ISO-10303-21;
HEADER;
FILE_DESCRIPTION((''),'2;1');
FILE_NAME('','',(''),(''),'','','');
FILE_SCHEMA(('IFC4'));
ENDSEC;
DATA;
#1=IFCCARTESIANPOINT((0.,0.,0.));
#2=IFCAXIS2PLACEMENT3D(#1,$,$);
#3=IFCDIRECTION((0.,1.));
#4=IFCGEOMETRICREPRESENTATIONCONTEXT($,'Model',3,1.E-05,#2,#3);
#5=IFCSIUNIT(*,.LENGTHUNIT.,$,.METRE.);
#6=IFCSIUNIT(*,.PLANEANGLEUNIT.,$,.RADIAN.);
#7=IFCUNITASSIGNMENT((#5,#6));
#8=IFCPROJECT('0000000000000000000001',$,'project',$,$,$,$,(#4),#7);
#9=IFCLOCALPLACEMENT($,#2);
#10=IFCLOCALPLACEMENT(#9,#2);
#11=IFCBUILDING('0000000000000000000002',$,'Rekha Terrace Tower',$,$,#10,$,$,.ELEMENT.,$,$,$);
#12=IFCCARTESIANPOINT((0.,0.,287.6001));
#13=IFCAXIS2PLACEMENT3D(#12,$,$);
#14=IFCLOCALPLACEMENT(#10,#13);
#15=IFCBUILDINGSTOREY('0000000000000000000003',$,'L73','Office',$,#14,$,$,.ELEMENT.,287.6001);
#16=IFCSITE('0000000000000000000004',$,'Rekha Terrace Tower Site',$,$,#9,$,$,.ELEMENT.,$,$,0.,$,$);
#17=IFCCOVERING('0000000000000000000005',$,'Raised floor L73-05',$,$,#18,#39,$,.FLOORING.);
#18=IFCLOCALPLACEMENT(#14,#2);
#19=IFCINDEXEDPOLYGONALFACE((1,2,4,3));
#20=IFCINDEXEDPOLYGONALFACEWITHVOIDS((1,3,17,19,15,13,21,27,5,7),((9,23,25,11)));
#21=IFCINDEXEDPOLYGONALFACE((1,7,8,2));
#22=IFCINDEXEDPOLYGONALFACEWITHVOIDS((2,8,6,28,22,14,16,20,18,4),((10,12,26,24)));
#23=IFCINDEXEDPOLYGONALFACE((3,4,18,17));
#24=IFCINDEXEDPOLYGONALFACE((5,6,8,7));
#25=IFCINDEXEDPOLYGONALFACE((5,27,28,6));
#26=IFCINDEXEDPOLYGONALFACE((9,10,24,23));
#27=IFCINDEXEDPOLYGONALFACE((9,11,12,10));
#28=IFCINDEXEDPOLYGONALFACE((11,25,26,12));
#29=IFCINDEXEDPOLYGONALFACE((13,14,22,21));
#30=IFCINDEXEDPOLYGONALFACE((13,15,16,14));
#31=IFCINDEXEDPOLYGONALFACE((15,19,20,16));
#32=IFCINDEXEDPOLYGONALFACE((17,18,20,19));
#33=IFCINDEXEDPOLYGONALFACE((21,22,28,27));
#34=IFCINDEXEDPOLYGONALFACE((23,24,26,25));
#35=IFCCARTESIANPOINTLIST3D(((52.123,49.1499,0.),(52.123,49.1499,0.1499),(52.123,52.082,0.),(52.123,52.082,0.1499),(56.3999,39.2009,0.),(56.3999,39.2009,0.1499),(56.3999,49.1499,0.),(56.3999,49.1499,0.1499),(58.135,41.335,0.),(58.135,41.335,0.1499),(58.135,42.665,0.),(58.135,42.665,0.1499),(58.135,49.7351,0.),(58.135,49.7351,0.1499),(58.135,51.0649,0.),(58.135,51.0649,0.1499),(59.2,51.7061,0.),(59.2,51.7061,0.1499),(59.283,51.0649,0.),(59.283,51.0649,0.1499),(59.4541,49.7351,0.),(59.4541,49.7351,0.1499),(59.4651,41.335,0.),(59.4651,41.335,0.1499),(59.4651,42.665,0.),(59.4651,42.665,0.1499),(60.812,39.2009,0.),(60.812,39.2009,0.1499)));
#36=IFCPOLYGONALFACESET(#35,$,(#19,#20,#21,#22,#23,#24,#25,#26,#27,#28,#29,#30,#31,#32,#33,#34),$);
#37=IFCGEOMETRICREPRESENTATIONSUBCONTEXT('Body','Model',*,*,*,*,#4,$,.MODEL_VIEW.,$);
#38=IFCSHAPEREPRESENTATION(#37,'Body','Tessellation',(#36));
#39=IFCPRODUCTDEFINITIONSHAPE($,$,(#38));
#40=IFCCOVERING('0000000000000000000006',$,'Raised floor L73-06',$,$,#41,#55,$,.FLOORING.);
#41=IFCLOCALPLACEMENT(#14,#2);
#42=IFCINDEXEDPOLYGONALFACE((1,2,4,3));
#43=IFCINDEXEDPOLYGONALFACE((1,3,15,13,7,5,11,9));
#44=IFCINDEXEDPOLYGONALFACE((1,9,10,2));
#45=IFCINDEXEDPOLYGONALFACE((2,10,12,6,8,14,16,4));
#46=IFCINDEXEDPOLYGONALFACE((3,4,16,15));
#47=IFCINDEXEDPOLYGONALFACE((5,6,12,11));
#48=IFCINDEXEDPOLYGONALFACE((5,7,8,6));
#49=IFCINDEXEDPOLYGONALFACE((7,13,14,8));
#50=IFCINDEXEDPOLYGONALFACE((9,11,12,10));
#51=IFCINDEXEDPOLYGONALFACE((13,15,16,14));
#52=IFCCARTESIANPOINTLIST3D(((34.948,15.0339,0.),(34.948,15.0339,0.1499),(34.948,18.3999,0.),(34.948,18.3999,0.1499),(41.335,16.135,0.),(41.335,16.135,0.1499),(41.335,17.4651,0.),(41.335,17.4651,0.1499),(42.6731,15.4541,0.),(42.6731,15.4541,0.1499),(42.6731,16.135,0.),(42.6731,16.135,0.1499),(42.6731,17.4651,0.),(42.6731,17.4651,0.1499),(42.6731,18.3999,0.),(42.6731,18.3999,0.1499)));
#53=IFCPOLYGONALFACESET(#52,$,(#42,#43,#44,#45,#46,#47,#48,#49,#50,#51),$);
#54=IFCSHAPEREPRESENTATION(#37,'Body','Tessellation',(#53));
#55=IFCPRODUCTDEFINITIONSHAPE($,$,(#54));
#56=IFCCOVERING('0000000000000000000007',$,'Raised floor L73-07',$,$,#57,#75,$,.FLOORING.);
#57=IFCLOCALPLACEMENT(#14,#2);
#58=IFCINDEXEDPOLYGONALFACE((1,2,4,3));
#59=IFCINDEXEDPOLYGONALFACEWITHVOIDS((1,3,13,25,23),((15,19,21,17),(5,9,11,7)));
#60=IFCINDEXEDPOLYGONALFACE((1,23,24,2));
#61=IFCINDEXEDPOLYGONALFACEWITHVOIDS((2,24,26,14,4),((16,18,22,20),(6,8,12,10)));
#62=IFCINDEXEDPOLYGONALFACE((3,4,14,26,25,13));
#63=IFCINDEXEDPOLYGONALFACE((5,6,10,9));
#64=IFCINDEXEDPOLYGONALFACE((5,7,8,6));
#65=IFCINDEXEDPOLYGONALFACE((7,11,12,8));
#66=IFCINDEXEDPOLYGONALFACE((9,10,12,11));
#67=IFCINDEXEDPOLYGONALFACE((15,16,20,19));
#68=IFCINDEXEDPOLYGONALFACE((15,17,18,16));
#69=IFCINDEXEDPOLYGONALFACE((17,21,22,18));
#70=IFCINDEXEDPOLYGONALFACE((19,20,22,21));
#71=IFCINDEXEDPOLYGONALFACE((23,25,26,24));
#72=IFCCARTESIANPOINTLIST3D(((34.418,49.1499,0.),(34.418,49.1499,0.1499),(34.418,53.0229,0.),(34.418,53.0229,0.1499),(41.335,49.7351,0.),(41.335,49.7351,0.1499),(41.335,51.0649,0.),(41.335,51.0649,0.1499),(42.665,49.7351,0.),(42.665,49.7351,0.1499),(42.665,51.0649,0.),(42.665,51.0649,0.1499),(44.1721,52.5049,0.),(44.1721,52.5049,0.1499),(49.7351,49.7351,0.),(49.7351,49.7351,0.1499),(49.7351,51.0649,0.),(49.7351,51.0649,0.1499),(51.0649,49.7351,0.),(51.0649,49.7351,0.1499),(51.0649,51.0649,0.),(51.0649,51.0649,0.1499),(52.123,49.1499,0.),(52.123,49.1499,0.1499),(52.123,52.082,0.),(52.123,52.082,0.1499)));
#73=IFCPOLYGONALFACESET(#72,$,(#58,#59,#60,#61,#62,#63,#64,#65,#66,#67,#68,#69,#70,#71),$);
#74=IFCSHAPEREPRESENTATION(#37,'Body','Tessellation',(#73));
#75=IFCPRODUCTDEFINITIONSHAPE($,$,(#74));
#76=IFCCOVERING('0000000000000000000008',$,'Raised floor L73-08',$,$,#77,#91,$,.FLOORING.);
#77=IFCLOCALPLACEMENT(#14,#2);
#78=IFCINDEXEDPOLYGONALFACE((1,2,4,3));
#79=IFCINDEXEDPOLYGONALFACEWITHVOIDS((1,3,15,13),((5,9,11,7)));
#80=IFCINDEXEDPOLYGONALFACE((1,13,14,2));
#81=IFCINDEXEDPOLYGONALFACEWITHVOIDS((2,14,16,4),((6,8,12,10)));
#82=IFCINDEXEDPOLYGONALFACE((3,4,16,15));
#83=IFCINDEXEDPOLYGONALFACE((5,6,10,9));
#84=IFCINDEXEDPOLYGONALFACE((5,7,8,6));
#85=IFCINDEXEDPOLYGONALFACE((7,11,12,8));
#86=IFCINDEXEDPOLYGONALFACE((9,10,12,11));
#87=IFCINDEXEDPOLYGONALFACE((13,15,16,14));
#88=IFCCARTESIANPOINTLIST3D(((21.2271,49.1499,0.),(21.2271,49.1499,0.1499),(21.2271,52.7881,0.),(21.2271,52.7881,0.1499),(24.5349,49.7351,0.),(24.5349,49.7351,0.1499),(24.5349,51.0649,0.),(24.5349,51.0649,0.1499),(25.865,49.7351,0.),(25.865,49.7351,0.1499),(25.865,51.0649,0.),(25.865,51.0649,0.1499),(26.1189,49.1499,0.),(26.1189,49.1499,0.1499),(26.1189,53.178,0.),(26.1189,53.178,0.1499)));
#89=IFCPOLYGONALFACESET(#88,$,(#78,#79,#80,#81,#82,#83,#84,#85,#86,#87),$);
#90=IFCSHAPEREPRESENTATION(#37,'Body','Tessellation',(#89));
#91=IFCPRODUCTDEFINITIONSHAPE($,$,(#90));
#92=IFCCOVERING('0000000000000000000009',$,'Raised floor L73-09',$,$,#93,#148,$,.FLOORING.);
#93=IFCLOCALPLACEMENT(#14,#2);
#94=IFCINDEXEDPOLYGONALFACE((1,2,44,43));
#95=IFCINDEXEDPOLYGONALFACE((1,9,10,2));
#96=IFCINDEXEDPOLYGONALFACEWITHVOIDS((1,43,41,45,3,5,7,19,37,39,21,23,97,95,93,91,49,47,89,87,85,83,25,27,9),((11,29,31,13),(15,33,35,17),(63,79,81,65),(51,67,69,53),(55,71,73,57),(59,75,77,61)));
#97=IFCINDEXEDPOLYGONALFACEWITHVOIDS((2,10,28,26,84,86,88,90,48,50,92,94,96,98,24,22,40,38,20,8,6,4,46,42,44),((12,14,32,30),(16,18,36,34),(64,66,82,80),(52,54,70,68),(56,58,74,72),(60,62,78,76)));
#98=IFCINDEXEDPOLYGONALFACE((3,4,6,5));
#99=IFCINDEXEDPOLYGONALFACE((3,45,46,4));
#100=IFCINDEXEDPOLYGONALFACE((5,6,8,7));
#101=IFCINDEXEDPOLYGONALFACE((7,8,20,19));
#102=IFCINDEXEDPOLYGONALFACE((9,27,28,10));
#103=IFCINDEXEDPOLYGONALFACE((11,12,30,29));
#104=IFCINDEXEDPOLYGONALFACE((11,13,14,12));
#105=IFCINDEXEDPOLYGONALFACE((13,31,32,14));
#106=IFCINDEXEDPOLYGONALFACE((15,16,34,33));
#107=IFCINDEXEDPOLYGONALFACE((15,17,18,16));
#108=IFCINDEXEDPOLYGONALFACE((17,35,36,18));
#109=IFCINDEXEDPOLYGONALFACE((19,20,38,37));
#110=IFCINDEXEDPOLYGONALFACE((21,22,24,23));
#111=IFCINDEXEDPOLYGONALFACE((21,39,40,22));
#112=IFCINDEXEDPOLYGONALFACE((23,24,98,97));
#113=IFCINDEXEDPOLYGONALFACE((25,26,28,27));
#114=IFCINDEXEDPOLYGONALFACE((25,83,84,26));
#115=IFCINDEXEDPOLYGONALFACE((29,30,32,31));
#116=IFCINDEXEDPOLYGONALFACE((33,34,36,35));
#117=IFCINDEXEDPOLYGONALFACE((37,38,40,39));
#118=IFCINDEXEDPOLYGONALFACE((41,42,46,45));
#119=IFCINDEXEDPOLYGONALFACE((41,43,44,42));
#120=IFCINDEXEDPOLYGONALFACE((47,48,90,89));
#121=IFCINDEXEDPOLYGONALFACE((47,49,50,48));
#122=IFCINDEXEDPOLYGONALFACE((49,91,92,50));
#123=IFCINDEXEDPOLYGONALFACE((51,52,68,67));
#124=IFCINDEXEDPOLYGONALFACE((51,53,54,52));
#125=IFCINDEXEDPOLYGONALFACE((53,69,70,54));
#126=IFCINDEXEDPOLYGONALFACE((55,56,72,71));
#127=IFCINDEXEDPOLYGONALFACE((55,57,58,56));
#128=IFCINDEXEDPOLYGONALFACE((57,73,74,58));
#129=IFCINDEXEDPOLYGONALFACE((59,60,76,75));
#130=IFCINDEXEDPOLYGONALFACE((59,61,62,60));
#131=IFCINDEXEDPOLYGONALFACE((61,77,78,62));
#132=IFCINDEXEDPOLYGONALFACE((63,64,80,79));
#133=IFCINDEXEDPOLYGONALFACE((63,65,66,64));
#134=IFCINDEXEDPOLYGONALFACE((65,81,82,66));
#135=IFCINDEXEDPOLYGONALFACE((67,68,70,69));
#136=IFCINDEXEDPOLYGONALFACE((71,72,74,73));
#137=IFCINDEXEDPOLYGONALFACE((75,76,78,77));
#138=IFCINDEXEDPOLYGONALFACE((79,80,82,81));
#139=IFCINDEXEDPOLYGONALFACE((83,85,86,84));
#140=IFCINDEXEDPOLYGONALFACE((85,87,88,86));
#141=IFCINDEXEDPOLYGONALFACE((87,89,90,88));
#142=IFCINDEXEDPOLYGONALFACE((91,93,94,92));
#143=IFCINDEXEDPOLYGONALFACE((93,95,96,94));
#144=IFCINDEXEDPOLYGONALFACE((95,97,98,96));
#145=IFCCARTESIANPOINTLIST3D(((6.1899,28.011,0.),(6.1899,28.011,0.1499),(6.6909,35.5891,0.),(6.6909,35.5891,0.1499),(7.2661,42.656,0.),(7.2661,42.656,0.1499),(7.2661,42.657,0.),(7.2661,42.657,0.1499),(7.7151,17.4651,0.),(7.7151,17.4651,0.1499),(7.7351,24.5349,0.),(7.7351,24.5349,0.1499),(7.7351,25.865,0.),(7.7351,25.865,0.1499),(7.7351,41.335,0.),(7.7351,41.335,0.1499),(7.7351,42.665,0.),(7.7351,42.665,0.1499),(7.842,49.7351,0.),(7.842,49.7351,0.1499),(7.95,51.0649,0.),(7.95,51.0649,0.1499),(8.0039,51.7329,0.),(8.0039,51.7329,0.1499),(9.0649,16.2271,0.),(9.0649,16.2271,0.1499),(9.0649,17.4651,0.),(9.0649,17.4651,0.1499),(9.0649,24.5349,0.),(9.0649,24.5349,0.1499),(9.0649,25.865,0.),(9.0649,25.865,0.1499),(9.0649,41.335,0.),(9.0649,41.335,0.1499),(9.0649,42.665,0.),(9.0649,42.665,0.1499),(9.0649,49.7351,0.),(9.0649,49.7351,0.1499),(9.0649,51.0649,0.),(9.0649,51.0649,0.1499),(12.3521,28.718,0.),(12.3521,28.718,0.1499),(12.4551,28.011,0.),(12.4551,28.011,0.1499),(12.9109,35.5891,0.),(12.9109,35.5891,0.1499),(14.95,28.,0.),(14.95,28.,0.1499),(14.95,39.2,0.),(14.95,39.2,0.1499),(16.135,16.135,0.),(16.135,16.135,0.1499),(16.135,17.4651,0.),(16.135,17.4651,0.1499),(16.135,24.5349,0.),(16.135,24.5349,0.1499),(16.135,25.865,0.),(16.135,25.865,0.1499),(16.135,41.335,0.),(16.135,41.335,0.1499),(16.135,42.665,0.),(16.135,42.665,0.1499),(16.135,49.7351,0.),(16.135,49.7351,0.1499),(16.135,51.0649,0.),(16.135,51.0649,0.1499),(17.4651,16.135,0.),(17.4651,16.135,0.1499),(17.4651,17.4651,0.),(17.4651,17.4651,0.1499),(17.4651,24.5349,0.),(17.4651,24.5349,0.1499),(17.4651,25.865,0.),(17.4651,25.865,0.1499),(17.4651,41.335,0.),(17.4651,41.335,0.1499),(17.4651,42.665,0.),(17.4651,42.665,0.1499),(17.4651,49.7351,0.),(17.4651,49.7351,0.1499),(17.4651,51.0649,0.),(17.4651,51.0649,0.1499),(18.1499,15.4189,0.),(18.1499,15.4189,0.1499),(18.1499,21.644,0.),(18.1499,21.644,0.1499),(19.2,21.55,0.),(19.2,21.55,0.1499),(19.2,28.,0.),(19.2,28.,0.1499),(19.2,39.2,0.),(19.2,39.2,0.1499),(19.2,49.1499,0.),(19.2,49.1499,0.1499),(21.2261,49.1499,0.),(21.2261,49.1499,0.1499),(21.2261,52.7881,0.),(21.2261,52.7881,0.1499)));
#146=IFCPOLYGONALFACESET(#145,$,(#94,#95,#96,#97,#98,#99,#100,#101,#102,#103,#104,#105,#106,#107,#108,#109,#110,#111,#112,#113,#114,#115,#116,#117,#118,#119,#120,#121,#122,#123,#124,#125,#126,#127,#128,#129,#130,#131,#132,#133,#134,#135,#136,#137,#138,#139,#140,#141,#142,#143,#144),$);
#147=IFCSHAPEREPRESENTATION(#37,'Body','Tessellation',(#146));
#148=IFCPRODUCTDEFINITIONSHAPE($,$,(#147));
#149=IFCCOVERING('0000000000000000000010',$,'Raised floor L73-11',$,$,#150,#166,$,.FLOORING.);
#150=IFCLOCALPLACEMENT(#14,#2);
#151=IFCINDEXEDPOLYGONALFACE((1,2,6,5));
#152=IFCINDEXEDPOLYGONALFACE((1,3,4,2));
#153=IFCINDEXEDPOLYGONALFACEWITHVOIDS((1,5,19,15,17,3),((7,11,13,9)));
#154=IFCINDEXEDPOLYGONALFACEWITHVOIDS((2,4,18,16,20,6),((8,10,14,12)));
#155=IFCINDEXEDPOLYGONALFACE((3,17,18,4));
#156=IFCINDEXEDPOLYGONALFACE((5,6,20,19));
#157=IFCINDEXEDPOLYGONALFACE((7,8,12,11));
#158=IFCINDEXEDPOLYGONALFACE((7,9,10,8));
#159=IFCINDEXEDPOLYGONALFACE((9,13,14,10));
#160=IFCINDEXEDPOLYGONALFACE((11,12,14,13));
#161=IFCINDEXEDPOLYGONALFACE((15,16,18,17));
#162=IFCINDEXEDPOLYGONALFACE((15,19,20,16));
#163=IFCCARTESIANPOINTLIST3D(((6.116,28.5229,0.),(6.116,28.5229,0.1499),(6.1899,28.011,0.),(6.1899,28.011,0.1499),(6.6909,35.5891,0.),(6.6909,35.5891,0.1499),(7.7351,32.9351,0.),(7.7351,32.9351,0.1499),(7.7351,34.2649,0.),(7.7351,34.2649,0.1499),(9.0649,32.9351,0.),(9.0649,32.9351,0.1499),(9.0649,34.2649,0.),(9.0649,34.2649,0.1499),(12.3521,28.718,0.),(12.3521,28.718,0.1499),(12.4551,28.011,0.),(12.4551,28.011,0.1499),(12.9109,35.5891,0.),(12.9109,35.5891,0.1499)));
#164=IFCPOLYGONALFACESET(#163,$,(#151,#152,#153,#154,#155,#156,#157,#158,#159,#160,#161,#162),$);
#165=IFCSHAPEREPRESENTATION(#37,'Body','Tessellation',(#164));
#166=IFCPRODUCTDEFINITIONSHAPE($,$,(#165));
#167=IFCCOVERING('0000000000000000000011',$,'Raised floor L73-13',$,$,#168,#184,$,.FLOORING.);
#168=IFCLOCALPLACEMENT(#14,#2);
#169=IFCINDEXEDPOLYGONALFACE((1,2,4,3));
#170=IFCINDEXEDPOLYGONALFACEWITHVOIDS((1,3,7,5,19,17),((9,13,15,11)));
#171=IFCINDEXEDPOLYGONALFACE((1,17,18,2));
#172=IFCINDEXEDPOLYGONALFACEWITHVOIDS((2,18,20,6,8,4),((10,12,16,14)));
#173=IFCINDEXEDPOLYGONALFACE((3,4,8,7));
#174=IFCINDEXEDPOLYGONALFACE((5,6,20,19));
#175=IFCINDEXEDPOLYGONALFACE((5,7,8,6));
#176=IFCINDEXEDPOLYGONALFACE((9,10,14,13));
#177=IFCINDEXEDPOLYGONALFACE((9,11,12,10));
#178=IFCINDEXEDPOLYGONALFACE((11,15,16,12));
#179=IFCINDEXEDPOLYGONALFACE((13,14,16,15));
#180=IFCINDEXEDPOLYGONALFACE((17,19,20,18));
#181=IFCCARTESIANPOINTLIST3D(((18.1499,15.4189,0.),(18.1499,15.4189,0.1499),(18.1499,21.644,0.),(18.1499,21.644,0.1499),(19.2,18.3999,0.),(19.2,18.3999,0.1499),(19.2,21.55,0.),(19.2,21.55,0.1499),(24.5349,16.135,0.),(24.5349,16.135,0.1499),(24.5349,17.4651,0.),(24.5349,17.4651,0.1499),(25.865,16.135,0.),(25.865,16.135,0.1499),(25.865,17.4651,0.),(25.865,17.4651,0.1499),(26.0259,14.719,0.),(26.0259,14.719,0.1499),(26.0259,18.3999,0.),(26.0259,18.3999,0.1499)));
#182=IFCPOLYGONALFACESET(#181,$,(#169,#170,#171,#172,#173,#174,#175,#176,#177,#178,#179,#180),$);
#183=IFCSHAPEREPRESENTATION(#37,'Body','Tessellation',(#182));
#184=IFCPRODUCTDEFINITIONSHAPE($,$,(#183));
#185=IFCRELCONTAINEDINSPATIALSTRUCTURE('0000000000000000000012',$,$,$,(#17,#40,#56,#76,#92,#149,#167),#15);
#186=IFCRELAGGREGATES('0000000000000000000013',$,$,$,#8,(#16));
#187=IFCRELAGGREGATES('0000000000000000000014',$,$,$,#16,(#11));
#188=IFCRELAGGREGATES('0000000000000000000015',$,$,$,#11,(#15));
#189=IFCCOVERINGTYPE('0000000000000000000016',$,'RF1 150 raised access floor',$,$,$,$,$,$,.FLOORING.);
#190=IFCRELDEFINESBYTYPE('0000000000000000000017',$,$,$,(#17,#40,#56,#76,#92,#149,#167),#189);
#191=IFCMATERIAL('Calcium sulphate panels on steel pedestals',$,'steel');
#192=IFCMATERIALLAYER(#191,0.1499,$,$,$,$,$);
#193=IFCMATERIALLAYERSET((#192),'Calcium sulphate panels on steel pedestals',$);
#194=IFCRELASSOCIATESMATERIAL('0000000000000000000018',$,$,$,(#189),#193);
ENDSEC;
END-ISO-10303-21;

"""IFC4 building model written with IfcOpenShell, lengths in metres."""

from ifc_helpers import new_model, si_unit, direction, frame, origin, place, context, subcontext, project, spatial, polyline, outline, extrude, material, layer, layer_set, type_object, element, save


model = new_model("IFC4")

# Units and contexts
model_context = context("Model", 3, precision=1e-05, world=origin(), true_north=direction((0.0, 1.0)))
body_context = subcontext(model_context, "Body", "Model", "MODEL_VIEW")
ifc_project = project(units=[si_unit("LENGTHUNIT", "METRE"), si_unit("PLANEANGLEUNIT", "RADIAN")], contexts=[model_context])

# Site, building, storey
site_placement = place(None, origin())
site = spatial("IfcSite", under=ifc_project, at=site_placement, Name="Rekha Terrace Tower Site", CompositionType="ELEMENT", RefElevation=0.0)
building_placement = place(site_placement, origin())
building = spatial("IfcBuilding", under=site, at=building_placement, Name="Rekha Terrace Tower", CompositionType="ELEMENT")
storey_placement = place(building_placement, frame((0.0, 0.0, 287.6001)))
storey = spatial("IfcBuildingStorey", under=building, at=storey_placement, Name="L73", Description="Office", CompositionType="ELEMENT", Elevation=287.6001)

# Coverings
ifc_material_1 = material(Name="Calcium sulphate panels on steel pedestals", Category="steel")
ifc_layer_1 = layer(ifc_material_1, 0.1499)
ifc_layer_set_1 = layer_set([ifc_layer_1], Name="Calcium sulphate panels on steel pedestals")
covering_type_1 = type_object("IfcCoveringType", Name="RF1 150 raised access floor", PredefinedType="FLOORING", material=ifc_layer_set_1)
covering_1_placement = place(storey_placement, origin())
element("IfcCovering", 1, at=covering_1_placement, inside=storey, type_object=covering_type_1, Name="Raised floor L73-05", PredefinedType="FLOORING", context=body_context, shape_type="SweptSolid", body=[
    extrude(outline(polyline([(52.123, 49.1499), (56.3999, 49.1499), (56.3999, 39.2009), (60.812, 39.2009), (59.4541, 49.7351), (58.135, 49.7351), (58.135, 51.0649), (59.283, 51.0649), (59.2, 51.7061), (52.123, 52.082), (52.123, 49.1499)]), holes=[polyline([(59.4651, 41.335), (58.135, 41.335), (58.135, 42.665), (59.4651, 42.665), (59.4651, 41.335)])]), origin(), (0.0, 0.0, 1.0), 0.1499),
])
covering_2_placement = place(storey_placement, origin())
element("IfcCovering", 2, at=covering_2_placement, inside=storey, type_object=covering_type_1, Name="Raised floor L73-06", PredefinedType="FLOORING", context=body_context, shape_type="SweptSolid", body=[
    extrude(outline(polyline([(34.948, 18.3999), (34.948, 15.0339), (42.6731, 15.4541), (42.6731, 16.135), (41.335, 16.135), (41.335, 17.4651), (42.6731, 17.4651), (42.6731, 18.3999), (34.948, 18.3999)])), origin(), (0.0, 0.0, 1.0), 0.1499),
])
covering_3_placement = place(storey_placement, origin())
element("IfcCovering", 3, at=covering_3_placement, inside=storey, type_object=covering_type_1, Name="Raised floor L73-07", PredefinedType="FLOORING", context=body_context, shape_type="SweptSolid", body=[
    extrude(outline(polyline([(52.123, 49.1499), (52.123, 52.082), (44.1721, 52.5049), (34.418, 53.0229), (34.418, 49.1499), (52.123, 49.1499)]), holes=[polyline([(51.0649, 51.0649), (51.0649, 49.7351), (49.7351, 49.7351), (49.7351, 51.0649), (51.0649, 51.0649)]), polyline([(42.665, 49.7351), (41.335, 49.7351), (41.335, 51.0649), (42.665, 51.0649), (42.665, 49.7351)])]), origin(), (0.0, 0.0, 1.0), 0.1499),
])
covering_4_placement = place(storey_placement, origin())
element("IfcCovering", 4, at=covering_4_placement, inside=storey, type_object=covering_type_1, Name="Raised floor L73-08", PredefinedType="FLOORING", context=body_context, shape_type="SweptSolid", body=[
    extrude(outline(polyline([(26.1189, 49.1499), (26.1189, 53.178), (21.2271, 52.7881), (21.2271, 49.1499), (26.1189, 49.1499)]), holes=[polyline([(25.865, 51.0649), (25.865, 49.7351), (24.5349, 49.7351), (24.5349, 51.0649), (25.865, 51.0649)])]), origin(), (0.0, 0.0, 1.0), 0.1499),
])
covering_5_placement = place(storey_placement, origin())
element("IfcCovering", 5, at=covering_5_placement, inside=storey, type_object=covering_type_1, Name="Raised floor L73-09", PredefinedType="FLOORING", context=body_context, shape_type="SweptSolid", body=[
    extrude(outline(polyline([(12.4551, 28.011), (6.1899, 28.011), (7.7151, 17.4651), (9.0649, 17.4651), (9.0649, 16.2271), (18.1499, 15.4189), (18.1499, 21.644), (19.2, 21.55), (19.2, 28.0), (14.95, 28.0), (14.95, 39.2), (19.2, 39.2), (19.2, 49.1499), (21.2261, 49.1499), (21.2261, 52.7881), (8.0039, 51.7329), (7.95, 51.0649), (9.0649, 51.0649), (9.0649, 49.7351), (7.842, 49.7351), (7.2661, 42.657), (7.2661, 42.656), (6.6909, 35.5891), (12.9109, 35.5891), (12.3521, 28.718), (12.4551, 28.011)]), holes=[polyline([(17.4651, 17.4651), (17.4651, 16.135), (16.135, 16.135), (16.135, 17.4651), (17.4651, 17.4651)]), polyline([(17.4651, 25.865), (17.4651, 24.5349), (16.135, 24.5349), (16.135, 25.865), (17.4651, 25.865)]), polyline([(17.4651, 41.335), (16.135, 41.335), (16.135, 42.665), (17.4651, 42.665), (17.4651, 41.335)]), polyline([(17.4651, 49.7351), (16.135, 49.7351), (16.135, 51.0649), (17.4651, 51.0649), (17.4651, 49.7351)]), polyline([(9.0649, 25.865), (9.0649, 24.5349), (7.7351, 24.5349), (7.7351, 25.865), (9.0649, 25.865)]), polyline([(9.0649, 42.665), (9.0649, 41.335), (7.7351, 41.335), (7.7351, 42.665), (9.0649, 42.665)])]), origin(), (0.0, 0.0, 1.0), 0.1499),
])
covering_6_placement = place(storey_placement, origin())
element("IfcCovering", 6, at=covering_6_placement, inside=storey, type_object=covering_type_1, Name="Raised floor L73-11", PredefinedType="FLOORING", context=body_context, shape_type="SweptSolid", body=[
    extrude(outline(polyline([(6.116, 28.5229), (6.1899, 28.011), (12.4551, 28.011), (12.3521, 28.718), (12.9109, 35.5891), (6.6909, 35.5891), (6.116, 28.5229)]), holes=[polyline([(9.0649, 34.2649), (9.0649, 32.9351), (7.7351, 32.9351), (7.7351, 34.2649), (9.0649, 34.2649)])]), origin(), (0.0, 0.0, 1.0), 0.1499),
])
covering_7_placement = place(storey_placement, origin())
element("IfcCovering", 7, at=covering_7_placement, inside=storey, type_object=covering_type_1, Name="Raised floor L73-13", PredefinedType="FLOORING", context=body_context, shape_type="SweptSolid", body=[
    extrude(outline(polyline([(26.0259, 14.719), (26.0259, 18.3999), (19.2, 18.3999), (19.2, 21.55), (18.1499, 21.644), (18.1499, 15.4189), (26.0259, 14.719)]), holes=[polyline([(25.865, 17.4651), (25.865, 16.135), (24.5349, 16.135), (24.5349, 17.4651), (25.865, 17.4651)])]), origin(), (0.0, 0.0, 1.0), 0.1499),
])

save(model, "model.ifc")
